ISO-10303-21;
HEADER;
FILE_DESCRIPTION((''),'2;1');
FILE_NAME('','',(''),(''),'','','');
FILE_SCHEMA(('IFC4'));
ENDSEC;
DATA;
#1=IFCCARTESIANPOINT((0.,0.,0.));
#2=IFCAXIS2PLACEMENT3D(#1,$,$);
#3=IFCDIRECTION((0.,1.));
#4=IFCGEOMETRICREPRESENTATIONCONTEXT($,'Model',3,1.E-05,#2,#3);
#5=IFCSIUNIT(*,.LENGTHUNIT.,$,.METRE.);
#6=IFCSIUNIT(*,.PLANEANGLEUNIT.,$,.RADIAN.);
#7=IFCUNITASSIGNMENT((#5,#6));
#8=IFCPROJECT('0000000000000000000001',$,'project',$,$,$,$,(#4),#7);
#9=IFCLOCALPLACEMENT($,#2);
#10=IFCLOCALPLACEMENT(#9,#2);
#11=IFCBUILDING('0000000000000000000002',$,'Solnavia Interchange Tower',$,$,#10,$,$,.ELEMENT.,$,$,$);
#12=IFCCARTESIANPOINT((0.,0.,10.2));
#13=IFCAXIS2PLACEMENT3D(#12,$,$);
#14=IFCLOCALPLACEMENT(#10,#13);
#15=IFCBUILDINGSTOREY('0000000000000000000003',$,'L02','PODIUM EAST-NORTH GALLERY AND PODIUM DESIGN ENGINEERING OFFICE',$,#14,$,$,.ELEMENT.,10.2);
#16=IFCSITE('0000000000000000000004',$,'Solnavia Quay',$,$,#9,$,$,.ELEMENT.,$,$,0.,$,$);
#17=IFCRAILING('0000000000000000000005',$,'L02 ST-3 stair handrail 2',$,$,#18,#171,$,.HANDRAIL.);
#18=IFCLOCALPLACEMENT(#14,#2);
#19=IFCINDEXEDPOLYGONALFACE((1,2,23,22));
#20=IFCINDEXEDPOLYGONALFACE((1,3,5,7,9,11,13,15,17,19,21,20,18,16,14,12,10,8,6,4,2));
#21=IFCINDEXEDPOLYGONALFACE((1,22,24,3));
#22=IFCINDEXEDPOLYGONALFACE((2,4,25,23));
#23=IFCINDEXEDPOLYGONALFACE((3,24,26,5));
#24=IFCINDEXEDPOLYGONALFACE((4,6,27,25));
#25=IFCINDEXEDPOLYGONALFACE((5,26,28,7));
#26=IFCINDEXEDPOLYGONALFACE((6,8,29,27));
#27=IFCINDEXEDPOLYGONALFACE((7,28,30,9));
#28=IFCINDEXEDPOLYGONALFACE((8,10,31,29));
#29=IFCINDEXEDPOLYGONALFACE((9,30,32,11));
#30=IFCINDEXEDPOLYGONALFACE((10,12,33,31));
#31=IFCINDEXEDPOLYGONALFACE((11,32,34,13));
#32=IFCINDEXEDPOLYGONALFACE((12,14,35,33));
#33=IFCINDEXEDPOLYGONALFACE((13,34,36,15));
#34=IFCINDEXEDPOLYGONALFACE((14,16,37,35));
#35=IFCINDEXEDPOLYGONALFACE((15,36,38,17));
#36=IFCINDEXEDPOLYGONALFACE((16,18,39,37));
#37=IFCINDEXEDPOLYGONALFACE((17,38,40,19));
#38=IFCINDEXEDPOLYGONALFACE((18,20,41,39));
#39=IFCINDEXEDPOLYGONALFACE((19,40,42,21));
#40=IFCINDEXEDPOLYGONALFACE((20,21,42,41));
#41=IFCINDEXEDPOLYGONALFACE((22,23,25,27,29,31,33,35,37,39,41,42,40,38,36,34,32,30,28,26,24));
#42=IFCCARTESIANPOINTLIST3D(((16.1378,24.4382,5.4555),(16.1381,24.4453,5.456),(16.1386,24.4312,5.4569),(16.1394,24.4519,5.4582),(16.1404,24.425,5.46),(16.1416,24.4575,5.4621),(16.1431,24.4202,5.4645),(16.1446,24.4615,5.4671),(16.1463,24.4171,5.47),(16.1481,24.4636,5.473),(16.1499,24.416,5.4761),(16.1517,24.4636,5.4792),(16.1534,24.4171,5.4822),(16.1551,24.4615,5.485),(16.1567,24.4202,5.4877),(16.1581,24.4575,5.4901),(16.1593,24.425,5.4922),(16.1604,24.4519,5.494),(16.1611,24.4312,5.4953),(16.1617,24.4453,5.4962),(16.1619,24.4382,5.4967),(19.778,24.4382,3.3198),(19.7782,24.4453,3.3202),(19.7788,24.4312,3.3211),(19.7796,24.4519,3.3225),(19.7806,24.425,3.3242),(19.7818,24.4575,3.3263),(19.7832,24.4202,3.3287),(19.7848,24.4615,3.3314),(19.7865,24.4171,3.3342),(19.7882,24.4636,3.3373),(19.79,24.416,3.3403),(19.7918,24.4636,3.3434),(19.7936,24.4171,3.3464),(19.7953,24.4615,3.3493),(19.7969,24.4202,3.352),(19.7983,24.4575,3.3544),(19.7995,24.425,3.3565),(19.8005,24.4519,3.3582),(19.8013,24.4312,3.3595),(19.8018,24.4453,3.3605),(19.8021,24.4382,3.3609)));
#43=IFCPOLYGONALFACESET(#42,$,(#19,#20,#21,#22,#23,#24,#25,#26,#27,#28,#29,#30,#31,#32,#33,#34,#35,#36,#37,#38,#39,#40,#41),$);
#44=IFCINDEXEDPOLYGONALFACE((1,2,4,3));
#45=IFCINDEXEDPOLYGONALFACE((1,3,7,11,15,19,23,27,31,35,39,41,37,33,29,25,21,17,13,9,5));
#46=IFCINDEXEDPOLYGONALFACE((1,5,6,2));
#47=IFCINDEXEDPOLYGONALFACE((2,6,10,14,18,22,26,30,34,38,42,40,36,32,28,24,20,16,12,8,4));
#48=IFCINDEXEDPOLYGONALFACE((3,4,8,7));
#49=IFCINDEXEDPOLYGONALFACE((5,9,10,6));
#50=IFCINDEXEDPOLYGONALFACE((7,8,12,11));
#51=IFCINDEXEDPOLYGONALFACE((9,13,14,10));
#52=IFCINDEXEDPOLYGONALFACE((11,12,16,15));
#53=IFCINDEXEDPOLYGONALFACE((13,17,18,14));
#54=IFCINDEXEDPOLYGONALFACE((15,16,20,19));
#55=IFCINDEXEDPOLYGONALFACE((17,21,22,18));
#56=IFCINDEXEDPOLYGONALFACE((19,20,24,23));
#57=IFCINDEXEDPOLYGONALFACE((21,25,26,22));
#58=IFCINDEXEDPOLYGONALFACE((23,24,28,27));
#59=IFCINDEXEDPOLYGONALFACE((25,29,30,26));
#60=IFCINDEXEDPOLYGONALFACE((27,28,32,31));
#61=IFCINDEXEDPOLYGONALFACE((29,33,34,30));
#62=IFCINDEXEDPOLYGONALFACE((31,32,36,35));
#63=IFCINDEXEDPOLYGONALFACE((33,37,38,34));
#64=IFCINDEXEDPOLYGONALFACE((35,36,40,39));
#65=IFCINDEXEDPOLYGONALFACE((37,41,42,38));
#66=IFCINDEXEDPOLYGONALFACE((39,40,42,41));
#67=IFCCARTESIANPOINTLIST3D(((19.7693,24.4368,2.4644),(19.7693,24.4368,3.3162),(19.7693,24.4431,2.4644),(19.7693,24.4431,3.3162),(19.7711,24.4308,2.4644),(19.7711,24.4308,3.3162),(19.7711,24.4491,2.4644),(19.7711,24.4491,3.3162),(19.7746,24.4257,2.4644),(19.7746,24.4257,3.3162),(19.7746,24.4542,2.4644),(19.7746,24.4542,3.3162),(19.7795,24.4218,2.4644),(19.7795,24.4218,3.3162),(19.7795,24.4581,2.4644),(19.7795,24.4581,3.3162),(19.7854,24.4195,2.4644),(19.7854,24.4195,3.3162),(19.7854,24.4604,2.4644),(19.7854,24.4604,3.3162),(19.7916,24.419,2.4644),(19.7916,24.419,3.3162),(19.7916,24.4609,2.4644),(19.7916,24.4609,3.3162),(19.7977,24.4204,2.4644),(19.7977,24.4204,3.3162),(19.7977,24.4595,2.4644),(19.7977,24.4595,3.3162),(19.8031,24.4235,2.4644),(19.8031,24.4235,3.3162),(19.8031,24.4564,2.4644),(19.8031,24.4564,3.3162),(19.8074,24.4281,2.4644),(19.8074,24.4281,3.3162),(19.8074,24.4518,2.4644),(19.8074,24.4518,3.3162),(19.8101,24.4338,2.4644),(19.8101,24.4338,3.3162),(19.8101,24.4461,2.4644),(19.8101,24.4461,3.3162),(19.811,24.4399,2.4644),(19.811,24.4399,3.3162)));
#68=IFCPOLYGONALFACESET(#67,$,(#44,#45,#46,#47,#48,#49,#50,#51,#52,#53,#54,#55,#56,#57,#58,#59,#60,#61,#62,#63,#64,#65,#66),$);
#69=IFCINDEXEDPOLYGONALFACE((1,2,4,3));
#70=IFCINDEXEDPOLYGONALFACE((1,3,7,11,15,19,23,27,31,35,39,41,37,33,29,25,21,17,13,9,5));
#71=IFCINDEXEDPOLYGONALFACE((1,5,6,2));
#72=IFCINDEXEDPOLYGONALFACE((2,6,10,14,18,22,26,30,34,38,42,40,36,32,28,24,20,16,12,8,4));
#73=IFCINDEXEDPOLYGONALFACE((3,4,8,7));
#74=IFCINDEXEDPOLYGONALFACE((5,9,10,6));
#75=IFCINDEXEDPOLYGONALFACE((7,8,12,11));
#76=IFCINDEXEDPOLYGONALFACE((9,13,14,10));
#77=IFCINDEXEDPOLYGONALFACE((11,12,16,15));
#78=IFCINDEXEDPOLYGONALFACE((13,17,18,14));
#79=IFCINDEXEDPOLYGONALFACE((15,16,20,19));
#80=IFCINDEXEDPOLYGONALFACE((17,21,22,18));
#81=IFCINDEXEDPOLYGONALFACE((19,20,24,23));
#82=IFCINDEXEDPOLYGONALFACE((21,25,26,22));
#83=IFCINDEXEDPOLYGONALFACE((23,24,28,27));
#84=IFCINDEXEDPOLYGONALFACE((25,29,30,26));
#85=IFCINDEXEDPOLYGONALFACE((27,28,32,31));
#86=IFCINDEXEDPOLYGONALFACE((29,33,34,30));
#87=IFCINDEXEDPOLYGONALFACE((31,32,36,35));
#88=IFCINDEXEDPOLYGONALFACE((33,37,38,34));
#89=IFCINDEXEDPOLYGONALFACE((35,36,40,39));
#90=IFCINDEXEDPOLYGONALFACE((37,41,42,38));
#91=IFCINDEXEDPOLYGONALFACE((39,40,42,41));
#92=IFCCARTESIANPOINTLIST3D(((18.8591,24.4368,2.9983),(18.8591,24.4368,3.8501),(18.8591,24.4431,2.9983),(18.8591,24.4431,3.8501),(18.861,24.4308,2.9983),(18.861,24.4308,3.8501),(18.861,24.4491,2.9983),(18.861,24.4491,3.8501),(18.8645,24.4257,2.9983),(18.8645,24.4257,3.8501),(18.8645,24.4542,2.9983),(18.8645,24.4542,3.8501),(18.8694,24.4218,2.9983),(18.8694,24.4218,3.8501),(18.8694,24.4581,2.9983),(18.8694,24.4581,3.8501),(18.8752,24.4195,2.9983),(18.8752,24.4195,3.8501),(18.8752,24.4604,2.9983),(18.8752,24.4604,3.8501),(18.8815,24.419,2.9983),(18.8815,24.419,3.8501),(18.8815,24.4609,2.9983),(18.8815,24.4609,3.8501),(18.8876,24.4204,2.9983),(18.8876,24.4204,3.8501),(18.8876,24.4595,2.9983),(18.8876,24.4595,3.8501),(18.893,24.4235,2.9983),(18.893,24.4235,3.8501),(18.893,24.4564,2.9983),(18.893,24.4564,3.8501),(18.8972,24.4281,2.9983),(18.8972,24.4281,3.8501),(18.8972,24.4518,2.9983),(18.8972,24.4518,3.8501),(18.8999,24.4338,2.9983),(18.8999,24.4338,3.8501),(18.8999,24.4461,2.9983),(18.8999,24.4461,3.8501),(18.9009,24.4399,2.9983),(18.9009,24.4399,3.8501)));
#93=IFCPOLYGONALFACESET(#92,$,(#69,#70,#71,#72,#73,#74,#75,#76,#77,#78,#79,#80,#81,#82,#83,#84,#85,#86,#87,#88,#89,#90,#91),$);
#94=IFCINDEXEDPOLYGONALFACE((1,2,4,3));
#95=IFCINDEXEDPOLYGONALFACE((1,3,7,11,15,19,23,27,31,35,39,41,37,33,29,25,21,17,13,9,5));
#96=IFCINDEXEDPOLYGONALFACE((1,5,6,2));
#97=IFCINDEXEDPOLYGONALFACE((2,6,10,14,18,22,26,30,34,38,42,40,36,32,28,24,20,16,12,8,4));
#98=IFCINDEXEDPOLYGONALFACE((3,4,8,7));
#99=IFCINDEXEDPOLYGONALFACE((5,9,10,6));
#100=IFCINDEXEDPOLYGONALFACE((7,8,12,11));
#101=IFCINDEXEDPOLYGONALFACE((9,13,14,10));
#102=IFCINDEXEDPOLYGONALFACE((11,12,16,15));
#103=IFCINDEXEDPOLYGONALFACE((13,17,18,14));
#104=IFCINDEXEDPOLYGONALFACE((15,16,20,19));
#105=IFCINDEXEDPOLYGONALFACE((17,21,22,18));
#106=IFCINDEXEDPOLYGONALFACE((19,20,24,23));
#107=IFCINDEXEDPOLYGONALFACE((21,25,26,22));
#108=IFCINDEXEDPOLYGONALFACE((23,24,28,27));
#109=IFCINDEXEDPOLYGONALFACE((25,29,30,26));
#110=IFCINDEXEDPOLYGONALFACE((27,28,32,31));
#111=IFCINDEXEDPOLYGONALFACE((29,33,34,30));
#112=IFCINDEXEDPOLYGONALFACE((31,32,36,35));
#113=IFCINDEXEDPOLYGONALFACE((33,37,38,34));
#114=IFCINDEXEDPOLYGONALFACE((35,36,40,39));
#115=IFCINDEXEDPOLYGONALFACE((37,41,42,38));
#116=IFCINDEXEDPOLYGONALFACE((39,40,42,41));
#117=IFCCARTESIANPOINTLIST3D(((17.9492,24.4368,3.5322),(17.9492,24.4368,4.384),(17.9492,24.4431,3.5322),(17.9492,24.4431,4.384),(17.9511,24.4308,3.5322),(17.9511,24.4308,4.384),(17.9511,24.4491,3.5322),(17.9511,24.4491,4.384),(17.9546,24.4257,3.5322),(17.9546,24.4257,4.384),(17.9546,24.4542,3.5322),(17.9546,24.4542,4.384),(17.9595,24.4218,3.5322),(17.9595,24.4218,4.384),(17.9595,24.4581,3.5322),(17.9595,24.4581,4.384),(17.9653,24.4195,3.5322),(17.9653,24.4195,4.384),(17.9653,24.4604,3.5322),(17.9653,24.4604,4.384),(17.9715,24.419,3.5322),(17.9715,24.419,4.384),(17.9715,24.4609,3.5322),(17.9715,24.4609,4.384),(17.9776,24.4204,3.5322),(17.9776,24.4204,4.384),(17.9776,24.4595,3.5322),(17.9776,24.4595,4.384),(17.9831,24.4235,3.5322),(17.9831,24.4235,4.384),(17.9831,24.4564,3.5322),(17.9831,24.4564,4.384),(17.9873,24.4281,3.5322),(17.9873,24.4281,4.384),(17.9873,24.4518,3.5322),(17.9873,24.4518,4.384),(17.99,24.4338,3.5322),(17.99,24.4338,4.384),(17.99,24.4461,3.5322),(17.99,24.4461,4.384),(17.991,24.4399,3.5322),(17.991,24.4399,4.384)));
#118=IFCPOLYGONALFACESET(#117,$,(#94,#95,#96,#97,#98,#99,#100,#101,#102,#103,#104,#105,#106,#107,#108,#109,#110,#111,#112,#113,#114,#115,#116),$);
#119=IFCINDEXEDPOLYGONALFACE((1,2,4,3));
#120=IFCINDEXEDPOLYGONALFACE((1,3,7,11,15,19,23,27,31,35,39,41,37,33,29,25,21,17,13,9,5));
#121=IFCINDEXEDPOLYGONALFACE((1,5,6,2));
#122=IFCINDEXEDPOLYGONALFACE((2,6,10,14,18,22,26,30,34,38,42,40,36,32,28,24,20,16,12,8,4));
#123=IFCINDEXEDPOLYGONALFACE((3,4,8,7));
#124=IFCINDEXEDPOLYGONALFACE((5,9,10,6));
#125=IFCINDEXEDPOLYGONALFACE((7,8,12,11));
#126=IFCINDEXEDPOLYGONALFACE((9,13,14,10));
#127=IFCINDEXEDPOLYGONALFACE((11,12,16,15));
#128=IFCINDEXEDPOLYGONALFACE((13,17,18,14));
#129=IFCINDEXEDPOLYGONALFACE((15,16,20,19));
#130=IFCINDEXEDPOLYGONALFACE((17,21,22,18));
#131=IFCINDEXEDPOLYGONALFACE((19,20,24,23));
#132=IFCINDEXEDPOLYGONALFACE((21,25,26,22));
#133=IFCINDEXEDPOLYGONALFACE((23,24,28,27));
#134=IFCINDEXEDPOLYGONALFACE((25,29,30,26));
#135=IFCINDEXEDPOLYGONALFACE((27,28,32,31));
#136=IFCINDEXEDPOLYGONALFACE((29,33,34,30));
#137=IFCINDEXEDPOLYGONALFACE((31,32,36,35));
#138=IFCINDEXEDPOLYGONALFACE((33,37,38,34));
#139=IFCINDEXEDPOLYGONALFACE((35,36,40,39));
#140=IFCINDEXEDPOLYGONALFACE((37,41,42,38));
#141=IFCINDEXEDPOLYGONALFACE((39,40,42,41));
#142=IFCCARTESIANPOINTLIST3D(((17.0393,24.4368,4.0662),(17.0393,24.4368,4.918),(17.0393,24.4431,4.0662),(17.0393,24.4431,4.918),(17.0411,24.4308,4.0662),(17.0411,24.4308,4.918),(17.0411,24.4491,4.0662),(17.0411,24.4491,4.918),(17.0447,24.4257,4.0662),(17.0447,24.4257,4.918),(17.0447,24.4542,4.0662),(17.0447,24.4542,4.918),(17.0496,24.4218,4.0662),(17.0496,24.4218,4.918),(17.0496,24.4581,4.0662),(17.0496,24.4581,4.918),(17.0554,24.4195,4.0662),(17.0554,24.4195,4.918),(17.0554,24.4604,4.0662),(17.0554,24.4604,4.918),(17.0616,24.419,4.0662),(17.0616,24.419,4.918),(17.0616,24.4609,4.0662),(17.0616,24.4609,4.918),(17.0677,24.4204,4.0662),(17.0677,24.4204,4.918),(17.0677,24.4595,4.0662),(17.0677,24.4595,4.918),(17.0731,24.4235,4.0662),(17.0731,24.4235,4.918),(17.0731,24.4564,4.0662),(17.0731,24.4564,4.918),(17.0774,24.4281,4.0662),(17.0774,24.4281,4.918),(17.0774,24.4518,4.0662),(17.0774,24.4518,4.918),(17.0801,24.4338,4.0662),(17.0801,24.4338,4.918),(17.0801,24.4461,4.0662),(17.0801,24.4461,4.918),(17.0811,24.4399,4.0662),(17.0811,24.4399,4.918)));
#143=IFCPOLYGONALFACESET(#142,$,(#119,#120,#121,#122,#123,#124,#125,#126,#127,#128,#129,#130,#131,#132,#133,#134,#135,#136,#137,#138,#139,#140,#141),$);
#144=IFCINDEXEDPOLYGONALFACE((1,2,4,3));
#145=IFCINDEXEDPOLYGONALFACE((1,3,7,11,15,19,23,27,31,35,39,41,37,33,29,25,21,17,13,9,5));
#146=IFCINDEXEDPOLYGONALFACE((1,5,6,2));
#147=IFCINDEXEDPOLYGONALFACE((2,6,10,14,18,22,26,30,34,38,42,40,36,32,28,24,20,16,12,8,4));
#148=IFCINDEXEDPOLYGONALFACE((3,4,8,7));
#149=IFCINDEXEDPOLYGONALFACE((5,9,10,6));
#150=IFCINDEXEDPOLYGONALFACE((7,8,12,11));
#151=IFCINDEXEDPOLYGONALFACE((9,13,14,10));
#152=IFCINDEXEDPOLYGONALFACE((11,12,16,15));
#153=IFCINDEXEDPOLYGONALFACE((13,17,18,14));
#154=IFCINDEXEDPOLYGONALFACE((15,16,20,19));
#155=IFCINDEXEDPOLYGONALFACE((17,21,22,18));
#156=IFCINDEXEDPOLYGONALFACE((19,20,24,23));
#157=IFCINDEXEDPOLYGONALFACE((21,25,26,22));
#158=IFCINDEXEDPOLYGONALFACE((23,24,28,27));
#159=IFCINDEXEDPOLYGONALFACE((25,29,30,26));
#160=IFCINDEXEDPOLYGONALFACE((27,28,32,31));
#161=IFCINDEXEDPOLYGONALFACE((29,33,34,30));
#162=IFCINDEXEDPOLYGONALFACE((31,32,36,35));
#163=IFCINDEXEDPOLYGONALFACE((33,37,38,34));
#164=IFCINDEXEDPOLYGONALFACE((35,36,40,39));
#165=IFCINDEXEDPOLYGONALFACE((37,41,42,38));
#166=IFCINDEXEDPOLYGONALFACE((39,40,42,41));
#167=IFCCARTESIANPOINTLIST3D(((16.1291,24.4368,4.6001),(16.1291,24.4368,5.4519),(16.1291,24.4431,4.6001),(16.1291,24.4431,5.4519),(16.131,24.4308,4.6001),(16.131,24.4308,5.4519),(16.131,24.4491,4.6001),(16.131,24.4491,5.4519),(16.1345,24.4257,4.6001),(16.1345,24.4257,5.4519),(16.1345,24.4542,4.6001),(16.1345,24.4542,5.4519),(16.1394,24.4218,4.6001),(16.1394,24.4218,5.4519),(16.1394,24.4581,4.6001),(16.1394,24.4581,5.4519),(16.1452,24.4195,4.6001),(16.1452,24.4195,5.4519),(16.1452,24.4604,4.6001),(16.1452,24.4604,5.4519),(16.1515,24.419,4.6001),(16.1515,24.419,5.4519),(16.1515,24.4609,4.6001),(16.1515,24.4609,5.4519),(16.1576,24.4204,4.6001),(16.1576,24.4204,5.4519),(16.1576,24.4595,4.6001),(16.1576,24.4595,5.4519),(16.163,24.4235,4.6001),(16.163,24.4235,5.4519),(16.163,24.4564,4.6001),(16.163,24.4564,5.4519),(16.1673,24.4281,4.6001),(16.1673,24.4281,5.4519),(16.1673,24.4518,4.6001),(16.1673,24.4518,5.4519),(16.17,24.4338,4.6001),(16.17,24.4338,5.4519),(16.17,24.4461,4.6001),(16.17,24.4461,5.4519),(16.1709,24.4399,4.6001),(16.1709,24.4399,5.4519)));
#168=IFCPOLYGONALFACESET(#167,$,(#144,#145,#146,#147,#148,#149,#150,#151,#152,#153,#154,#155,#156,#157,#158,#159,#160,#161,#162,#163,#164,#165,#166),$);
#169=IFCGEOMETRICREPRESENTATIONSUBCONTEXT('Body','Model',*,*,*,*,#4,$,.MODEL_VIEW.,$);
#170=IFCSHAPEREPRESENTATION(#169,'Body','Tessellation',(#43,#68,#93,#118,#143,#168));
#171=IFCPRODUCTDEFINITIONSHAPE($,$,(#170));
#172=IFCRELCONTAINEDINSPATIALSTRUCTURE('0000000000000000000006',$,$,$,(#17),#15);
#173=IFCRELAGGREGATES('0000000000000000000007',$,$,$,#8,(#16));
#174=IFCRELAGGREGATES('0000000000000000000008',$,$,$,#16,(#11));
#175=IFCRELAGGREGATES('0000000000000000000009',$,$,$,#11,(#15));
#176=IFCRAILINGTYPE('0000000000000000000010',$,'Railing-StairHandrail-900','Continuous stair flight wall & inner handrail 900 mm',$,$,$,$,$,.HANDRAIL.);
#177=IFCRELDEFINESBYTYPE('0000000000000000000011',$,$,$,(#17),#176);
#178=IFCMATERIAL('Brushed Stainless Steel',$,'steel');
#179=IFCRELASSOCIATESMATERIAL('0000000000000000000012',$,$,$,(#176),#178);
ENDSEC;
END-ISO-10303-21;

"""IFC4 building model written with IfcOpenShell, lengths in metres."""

from ifc_helpers import new_model, si_unit, direction, frame, origin, origin_2d, place, context, subcontext, project, spatial, circle, extrude, material, type_object, element, save


model = new_model("IFC4")

# Units and contexts
model_context = context("Model", 3, precision=1e-05, world=origin(), true_north=direction((0.0, 1.0)))
body_context = subcontext(model_context, "Body", "Model", "MODEL_VIEW")
ifc_project = project(units=[si_unit("LENGTHUNIT", "METRE"), si_unit("PLANEANGLEUNIT", "RADIAN")], contexts=[model_context])

# Site, building, storey
site_placement = place(None, origin())
site = spatial("IfcSite", under=ifc_project, at=site_placement, Name="Solnavia Quay", CompositionType="ELEMENT", RefElevation=0.0)
building_placement = place(site_placement, origin())
building = spatial("IfcBuilding", under=site, at=building_placement, Name="Solnavia Interchange Tower", CompositionType="ELEMENT")
storey_placement = place(building_placement, frame((0.0, 0.0, 10.2)))
storey = spatial("IfcBuildingStorey", under=building, at=storey_placement, Name="L02", Description="PODIUM EAST-NORTH GALLERY AND PODIUM DESIGN ENGINEERING OFFICE", CompositionType="ELEMENT", Elevation=10.2)

# Railing
ifc_material_1 = material(Name="Brushed Stainless Steel", Category="steel")
railing_type_1 = type_object("IfcRailingType", Name="Railing-StairHandrail-900", Description="Continuous stair flight wall & inner handrail 900 mm", PredefinedType="HANDRAIL", material=ifc_material_1)
railing_1_placement = place(storey_placement, frame((19.79, 24.4399, 2.4644)))
element("IfcRailing", 1, at=railing_1_placement, inside=storey, type_object=railing_type_1, Name="L02 ST-3 stair handrail 2", PredefinedType="HANDRAIL", context=body_context, shape_type="SweptSolid", body=[
    extrude(circle(Radius=0.0239, at=origin_2d()), frame((0.0, 0.0, 0.876), z_axis=(-0.862505, 0.0, 0.506049), x_axis=(0.0, -1.0, 0.0)), (0.0, 0.0, 1.0), 4.2205),
    extrude(circle(Radius=0.021, at=origin_2d()), origin(), (0.0, 0.0, 1.0), 0.8518),
    extrude(circle(Radius=0.021, at=origin_2d()), frame((-0.9102, 0.0, 0.5339)), (0.0, 0.0, 1.0), 0.8518),
    extrude(circle(Radius=0.021, at=origin_2d()), frame((-1.8201, 0.0, 1.0679)), (0.0, 0.0, 1.0), 0.8518),
    extrude(circle(Radius=0.021, at=origin_2d()), frame((-2.73, 0.0, 1.6018)), (0.0, 0.0, 1.0), 0.8518),
    extrude(circle(Radius=0.021, at=origin_2d()), frame((-3.6401, 0.0, 2.1357)), (0.0, 0.0, 1.0), 0.8518),
])

save(model, "model.ifc")
